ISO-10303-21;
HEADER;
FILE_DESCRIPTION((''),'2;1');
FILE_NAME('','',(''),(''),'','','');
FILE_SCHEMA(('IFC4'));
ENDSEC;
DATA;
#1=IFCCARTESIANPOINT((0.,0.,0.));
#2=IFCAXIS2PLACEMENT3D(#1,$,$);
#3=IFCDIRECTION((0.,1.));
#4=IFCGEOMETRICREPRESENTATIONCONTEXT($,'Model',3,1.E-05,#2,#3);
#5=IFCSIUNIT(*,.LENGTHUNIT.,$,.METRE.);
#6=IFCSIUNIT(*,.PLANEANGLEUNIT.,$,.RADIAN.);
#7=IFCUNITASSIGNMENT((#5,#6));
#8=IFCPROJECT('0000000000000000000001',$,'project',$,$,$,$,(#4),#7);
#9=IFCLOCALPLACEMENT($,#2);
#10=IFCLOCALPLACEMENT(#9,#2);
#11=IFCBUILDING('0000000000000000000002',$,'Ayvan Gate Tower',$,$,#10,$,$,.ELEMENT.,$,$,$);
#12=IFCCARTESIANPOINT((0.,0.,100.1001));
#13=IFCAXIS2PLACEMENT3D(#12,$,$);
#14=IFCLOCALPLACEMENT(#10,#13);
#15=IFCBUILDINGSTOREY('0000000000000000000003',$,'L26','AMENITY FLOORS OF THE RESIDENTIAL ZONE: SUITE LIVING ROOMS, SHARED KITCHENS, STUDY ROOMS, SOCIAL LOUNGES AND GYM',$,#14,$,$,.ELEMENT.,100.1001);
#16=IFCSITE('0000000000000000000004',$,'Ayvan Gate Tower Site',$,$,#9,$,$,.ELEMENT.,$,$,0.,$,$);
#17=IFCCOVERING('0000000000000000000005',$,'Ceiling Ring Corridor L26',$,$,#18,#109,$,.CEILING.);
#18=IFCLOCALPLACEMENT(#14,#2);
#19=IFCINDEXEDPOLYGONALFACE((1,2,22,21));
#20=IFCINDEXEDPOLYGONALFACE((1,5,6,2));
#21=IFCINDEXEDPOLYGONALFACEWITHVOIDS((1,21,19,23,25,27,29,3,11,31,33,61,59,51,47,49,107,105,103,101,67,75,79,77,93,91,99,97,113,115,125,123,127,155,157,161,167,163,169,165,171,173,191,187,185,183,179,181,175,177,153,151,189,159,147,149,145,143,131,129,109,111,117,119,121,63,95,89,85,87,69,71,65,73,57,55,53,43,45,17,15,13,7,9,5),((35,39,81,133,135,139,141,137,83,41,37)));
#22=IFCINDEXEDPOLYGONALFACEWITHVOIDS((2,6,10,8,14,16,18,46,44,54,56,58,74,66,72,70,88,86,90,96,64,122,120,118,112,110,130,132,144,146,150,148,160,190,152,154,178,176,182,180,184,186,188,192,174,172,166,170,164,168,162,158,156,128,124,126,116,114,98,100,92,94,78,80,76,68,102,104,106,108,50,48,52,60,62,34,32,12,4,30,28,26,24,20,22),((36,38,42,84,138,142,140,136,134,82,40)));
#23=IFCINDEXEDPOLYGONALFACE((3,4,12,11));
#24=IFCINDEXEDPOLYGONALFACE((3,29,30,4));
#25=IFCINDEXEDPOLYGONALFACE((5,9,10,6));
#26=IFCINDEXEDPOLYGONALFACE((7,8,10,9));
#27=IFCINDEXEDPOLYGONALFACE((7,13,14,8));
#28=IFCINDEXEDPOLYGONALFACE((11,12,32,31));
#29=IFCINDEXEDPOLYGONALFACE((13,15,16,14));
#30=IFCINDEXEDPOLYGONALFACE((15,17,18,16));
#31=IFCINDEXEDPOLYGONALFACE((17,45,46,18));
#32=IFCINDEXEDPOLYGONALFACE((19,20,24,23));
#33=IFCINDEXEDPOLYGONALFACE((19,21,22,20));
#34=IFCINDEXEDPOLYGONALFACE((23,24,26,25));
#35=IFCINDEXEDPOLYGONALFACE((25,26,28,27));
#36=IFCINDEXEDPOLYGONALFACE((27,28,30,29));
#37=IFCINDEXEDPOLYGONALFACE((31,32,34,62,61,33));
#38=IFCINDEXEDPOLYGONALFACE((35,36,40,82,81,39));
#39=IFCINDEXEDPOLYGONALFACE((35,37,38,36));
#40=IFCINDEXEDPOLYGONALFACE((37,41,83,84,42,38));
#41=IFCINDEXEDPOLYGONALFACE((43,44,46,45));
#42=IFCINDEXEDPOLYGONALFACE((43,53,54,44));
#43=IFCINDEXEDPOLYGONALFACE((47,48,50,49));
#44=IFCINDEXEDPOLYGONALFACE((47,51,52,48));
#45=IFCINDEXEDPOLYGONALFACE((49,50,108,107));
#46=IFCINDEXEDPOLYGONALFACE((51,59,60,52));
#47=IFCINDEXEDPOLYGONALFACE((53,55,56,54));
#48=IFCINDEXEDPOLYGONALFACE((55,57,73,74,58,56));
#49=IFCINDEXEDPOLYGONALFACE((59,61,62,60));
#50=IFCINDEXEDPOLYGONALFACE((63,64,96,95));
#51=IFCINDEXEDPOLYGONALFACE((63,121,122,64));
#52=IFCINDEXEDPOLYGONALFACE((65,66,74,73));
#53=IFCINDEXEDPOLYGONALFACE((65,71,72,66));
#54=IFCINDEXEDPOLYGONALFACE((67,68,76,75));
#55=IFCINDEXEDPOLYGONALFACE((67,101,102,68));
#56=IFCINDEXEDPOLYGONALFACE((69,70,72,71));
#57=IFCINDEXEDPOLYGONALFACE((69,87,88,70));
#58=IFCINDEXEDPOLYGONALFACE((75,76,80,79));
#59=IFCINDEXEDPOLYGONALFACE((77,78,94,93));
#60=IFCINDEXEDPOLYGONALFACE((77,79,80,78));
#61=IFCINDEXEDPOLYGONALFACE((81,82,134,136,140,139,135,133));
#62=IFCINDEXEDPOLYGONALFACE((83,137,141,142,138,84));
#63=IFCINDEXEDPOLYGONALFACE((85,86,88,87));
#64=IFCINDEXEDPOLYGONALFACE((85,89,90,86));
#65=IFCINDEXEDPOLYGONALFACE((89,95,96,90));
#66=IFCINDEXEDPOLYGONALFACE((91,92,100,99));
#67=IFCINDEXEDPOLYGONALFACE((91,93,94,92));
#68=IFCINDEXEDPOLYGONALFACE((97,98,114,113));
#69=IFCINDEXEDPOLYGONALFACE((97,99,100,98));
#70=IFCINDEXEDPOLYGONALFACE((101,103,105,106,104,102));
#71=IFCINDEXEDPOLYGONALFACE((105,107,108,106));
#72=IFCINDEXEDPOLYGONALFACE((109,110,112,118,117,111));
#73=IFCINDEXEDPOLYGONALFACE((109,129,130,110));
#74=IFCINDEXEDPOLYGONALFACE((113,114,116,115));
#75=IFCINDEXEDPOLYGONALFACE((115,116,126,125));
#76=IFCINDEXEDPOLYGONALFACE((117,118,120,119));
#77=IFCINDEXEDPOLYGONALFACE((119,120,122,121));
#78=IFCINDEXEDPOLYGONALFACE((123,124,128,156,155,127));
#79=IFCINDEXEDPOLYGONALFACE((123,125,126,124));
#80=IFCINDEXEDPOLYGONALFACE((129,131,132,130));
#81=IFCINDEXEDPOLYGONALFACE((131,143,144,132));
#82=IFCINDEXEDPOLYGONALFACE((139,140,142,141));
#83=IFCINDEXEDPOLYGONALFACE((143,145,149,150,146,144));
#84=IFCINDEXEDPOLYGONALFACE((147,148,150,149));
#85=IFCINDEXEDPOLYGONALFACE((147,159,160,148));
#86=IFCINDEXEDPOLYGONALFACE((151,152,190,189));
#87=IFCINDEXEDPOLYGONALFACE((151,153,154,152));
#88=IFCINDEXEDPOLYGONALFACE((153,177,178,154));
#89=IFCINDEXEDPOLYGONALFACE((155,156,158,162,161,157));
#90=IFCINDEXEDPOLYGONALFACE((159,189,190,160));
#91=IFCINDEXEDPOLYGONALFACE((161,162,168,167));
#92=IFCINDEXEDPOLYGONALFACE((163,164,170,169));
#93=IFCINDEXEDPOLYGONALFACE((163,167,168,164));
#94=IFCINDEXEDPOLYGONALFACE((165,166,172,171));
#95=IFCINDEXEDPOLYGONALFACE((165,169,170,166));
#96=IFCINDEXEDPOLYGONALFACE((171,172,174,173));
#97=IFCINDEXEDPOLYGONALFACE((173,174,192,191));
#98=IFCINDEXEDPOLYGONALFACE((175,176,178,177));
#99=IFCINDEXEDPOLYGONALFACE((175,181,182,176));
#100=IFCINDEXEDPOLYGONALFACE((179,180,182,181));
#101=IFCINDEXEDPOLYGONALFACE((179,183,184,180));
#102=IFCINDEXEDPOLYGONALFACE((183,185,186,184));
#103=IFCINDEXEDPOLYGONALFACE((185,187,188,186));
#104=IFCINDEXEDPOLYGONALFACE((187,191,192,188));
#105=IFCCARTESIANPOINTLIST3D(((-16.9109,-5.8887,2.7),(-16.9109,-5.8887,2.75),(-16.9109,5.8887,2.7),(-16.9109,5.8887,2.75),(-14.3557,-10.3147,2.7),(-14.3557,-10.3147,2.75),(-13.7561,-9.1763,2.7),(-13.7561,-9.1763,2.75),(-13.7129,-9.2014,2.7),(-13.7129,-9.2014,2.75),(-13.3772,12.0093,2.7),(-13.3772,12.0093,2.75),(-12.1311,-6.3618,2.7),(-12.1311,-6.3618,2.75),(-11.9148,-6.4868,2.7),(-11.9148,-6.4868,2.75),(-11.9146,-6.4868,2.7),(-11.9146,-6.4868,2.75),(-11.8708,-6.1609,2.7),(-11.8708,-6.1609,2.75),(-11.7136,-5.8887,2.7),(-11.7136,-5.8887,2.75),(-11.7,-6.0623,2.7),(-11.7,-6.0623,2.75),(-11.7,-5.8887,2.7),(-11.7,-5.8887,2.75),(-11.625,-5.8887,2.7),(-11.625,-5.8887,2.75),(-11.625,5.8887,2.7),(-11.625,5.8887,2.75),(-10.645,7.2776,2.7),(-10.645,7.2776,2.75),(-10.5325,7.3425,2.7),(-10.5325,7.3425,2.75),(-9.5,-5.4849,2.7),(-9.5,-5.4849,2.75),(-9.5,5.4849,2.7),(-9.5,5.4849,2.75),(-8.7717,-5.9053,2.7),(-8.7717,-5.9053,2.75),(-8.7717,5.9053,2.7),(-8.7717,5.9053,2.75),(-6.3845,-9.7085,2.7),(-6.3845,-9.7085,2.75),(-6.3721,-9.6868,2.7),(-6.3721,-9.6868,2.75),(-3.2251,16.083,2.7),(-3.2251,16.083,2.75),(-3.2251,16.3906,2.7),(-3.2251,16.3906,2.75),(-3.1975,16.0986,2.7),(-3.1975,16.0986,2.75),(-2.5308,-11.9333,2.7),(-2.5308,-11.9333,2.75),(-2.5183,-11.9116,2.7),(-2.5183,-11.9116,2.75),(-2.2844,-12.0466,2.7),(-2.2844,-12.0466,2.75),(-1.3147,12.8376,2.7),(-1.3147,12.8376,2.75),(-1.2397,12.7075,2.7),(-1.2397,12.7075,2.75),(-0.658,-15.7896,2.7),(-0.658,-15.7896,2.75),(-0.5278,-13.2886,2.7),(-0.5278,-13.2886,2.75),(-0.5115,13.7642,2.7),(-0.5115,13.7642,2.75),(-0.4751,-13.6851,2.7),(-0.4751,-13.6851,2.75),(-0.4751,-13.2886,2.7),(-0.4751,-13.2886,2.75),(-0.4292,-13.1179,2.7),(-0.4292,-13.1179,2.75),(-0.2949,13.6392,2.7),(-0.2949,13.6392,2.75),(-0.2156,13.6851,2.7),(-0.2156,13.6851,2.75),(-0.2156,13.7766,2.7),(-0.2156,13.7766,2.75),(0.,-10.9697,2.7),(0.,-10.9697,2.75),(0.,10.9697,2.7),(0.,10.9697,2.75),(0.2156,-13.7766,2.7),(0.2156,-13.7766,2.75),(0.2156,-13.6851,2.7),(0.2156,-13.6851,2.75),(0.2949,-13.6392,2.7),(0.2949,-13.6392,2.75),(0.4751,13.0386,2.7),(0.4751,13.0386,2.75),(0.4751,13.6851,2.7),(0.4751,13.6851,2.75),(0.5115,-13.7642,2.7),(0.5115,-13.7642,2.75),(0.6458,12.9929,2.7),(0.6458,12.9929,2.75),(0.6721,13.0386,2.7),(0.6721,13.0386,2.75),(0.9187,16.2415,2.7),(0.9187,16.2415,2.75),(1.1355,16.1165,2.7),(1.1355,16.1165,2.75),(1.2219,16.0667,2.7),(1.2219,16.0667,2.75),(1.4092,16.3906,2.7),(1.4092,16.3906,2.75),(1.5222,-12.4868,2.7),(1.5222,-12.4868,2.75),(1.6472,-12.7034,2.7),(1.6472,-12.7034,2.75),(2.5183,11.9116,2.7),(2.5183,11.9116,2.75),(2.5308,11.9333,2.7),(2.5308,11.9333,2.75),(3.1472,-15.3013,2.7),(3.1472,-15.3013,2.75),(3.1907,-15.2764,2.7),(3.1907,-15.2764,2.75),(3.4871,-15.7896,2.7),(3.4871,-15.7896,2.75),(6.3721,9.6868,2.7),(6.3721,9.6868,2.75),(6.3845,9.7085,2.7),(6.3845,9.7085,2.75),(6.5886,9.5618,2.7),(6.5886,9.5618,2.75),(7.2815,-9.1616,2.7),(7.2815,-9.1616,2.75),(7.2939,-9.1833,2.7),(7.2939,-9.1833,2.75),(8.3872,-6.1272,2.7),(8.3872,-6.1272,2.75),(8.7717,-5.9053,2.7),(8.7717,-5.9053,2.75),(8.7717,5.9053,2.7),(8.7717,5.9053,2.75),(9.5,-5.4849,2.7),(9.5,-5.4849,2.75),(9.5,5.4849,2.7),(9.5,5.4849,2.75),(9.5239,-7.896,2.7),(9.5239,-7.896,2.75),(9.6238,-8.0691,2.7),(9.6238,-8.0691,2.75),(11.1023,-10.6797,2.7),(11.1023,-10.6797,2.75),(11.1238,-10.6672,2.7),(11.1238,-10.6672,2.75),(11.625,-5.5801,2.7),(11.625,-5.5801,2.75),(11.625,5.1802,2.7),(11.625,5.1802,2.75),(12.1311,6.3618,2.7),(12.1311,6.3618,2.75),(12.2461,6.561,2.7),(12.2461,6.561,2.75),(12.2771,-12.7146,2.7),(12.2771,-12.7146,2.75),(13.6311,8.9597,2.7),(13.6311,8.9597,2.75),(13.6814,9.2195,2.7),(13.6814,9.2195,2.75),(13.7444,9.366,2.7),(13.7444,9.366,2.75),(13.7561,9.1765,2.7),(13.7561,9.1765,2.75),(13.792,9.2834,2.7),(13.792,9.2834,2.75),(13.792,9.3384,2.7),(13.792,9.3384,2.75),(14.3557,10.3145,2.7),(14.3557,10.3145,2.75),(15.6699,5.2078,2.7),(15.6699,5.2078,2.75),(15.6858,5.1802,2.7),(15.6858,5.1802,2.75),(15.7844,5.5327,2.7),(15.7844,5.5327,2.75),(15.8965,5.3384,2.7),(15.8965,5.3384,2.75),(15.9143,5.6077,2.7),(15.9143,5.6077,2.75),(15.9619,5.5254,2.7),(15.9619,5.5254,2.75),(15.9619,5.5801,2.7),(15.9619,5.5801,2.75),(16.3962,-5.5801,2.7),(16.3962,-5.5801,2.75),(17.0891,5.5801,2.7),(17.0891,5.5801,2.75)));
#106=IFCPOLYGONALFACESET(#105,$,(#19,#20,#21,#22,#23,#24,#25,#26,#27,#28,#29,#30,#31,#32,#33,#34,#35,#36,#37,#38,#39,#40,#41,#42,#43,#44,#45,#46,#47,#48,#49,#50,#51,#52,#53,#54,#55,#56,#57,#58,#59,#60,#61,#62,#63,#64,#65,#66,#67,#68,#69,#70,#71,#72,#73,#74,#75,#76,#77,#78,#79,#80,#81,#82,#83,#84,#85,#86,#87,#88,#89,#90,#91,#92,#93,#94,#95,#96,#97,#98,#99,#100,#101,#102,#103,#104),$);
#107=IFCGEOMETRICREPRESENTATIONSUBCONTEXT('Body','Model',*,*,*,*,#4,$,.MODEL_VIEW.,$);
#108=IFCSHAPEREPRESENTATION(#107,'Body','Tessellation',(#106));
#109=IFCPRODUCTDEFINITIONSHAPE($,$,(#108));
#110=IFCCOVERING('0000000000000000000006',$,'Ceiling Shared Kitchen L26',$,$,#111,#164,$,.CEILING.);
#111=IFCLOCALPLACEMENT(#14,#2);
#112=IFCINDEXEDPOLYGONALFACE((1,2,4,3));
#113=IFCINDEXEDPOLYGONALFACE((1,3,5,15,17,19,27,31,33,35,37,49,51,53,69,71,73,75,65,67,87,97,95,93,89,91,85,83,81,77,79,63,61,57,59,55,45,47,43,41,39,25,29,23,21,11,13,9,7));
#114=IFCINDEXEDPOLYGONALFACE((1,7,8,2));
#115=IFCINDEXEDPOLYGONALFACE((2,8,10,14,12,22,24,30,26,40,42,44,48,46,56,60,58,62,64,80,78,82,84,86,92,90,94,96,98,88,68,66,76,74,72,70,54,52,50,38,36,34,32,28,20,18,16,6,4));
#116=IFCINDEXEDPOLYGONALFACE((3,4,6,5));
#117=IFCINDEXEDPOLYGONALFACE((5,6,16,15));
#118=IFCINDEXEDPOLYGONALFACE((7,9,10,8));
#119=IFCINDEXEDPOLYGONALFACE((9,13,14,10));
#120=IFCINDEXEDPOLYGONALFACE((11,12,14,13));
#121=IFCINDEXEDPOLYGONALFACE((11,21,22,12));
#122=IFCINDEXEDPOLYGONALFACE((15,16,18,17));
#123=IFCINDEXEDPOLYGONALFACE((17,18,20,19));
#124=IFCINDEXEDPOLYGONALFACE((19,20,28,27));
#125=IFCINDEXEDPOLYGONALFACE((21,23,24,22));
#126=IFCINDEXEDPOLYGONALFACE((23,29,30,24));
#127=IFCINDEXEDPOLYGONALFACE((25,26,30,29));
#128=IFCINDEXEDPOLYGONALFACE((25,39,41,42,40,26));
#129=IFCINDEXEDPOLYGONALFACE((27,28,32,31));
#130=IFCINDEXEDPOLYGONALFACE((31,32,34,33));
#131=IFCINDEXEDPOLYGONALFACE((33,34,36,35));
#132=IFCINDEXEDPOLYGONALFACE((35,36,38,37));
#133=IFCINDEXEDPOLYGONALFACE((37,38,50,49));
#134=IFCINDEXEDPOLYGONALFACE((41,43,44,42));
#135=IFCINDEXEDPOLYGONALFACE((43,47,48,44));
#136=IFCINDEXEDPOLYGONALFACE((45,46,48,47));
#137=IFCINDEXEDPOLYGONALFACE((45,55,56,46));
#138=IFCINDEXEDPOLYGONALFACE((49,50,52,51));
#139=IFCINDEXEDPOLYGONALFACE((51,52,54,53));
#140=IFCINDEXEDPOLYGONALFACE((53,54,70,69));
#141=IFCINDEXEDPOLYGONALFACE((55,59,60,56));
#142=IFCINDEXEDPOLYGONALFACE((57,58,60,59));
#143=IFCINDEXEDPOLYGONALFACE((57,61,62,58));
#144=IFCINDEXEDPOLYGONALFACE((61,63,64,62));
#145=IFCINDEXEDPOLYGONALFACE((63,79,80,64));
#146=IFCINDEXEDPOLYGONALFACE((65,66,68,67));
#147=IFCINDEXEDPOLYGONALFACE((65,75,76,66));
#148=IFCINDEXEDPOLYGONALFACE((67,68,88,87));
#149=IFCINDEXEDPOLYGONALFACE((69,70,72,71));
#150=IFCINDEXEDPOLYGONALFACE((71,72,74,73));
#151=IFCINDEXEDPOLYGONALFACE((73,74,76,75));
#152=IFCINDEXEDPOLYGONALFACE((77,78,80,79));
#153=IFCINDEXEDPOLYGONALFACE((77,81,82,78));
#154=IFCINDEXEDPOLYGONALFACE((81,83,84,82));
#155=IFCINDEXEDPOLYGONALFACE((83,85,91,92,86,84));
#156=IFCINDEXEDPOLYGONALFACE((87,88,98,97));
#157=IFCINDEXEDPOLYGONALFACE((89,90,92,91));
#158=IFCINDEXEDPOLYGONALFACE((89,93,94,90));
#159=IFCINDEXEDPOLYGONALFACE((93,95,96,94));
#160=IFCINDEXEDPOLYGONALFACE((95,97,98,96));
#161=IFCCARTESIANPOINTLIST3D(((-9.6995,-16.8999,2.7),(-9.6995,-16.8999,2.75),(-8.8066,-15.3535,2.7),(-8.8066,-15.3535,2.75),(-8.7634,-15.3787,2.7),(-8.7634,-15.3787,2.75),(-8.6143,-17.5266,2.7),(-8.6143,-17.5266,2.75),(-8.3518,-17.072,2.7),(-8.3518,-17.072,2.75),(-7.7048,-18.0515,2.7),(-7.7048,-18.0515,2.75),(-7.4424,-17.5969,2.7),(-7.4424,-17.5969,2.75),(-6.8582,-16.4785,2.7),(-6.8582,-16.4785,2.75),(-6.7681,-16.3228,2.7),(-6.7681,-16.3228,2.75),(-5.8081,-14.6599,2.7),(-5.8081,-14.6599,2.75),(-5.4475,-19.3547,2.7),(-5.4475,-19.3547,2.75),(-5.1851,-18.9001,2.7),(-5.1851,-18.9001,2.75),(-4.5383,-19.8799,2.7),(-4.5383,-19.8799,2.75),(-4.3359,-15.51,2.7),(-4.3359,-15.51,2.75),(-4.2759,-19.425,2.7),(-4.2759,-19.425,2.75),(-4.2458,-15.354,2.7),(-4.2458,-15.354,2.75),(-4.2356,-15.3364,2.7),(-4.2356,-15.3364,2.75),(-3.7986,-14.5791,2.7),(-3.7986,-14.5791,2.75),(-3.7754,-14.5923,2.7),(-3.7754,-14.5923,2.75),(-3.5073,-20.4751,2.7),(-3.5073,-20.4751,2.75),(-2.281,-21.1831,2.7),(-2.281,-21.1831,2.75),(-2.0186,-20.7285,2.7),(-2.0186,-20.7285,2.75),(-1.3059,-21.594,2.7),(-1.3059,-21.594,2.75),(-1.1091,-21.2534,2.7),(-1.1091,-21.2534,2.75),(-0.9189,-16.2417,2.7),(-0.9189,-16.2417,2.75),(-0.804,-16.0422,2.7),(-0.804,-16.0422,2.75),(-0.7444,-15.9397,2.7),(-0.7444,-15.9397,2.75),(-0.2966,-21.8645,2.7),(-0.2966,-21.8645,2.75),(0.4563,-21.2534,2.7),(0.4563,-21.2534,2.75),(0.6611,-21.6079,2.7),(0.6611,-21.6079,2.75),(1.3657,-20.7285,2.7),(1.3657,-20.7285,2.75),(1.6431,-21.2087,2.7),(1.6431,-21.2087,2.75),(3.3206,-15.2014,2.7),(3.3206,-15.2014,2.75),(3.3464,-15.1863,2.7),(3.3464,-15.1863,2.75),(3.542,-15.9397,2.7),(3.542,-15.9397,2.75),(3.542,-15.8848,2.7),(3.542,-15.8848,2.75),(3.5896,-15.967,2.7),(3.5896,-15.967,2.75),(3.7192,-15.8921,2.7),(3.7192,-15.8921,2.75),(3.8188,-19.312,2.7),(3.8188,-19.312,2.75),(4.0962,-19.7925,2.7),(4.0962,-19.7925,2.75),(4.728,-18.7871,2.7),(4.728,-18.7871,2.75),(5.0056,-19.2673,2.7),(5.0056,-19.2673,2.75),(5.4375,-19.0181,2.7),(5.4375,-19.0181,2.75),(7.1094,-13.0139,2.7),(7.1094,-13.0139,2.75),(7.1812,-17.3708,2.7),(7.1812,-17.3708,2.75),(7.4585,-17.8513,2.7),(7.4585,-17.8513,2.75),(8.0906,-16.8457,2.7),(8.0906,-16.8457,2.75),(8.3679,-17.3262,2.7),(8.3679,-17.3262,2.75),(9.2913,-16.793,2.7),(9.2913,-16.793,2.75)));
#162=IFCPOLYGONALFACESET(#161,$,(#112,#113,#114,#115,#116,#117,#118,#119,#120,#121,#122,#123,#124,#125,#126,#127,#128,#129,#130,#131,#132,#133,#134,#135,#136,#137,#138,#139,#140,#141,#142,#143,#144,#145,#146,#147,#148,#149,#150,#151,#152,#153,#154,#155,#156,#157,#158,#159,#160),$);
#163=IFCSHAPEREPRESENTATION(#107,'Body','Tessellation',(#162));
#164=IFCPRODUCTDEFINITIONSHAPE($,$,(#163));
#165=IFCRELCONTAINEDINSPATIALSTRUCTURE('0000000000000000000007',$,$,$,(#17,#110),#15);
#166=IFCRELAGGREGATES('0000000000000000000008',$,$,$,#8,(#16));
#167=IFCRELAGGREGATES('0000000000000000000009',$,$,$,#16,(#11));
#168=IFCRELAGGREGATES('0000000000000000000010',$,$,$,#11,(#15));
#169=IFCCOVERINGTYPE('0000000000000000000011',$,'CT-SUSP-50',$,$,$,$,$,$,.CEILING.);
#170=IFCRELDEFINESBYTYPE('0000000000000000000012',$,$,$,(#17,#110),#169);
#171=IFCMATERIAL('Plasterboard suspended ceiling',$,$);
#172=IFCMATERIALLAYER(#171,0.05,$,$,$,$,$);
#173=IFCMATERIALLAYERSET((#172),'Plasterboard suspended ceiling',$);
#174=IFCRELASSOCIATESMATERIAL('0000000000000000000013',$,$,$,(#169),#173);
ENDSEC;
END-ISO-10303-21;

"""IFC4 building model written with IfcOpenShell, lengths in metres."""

from ifc_helpers import new_model, si_unit, direction, frame, origin, place, context, subcontext, project, spatial, polyline, outline, extrude, material, layer, layer_set, type_object, element, save


model = new_model("IFC4")

# Units and contexts
model_context = context("Model", 3, precision=1e-05, world=origin(), true_north=direction((0.0, 1.0)))
body_context = subcontext(model_context, "Body", "Model", "MODEL_VIEW")
ifc_project = project(units=[si_unit("LENGTHUNIT", "METRE"), si_unit("PLANEANGLEUNIT", "RADIAN")], contexts=[model_context])

# Site, building, storey
site_placement = place(None, origin())
site = spatial("IfcSite", under=ifc_project, at=site_placement, Name="Ayvan Gate Tower Site", CompositionType="ELEMENT", RefElevation=0.0)
building_placement = place(site_placement, origin())
building = spatial("IfcBuilding", under=site, at=building_placement, Name="Ayvan Gate Tower", CompositionType="ELEMENT")
storey_placement = place(building_placement, frame((0.0, 0.0, 100.1001)))
storey = spatial("IfcBuildingStorey", under=building, at=storey_placement, Name="L26", Description="AMENITY FLOORS OF THE RESIDENTIAL ZONE: SUITE LIVING ROOMS, SHARED KITCHENS, STUDY ROOMS, SOCIAL LOUNGES AND GYM", CompositionType="ELEMENT", Elevation=100.1001)

# Coverings
ifc_material_1 = material(Name="Plasterboard suspended ceiling")
ifc_layer_1 = layer(ifc_material_1, 0.05)
ifc_layer_set_1 = layer_set([ifc_layer_1], Name="Plasterboard suspended ceiling")
covering_type = type_object("IfcCoveringType", Name="CT-SUSP-50", PredefinedType="CEILING", material=ifc_layer_set_1)
covering_1_placement = place(storey_placement, frame((0.0, 0.0, 2.7)))
element("IfcCovering", 1, at=covering_1_placement, inside=storey, type_object=covering_type, Name="Ceiling Ring Corridor L26", PredefinedType="CEILING", context=body_context, shape_type="SweptSolid", body=[
    extrude(outline(polyline([(-11.9148, -6.4868), (-12.1311, -6.3618), (-13.7561, -9.1763), (-13.7129, -9.2014), (-14.3557, -10.3147), (-16.9109, -5.8887), (-11.7136, -5.8887), (-11.8708, -6.1609), (-11.7, -6.0623), (-11.7, -5.8887), (-11.625, -5.8887), (-11.625, 5.8887), (-16.9109, 5.8887), (-13.3772, 12.0093), (-10.645, 7.2776), (-10.5325, 7.3425), (-1.2397, 12.7075), (-1.3147, 12.8376), (-3.1975, 16.0986), (-3.2251, 16.083), (-3.2251, 16.3906), (1.4092, 16.3906), (1.2219, 16.0667), (1.1355, 16.1165), (0.9187, 16.2415), (-0.5115, 13.7642), (-0.2949, 13.6392), (-0.2156, 13.7766), (-0.2156, 13.6851), (0.4751, 13.6851), (0.4751, 13.0386), (0.6721, 13.0386), (0.6458, 12.9929), (2.5183, 11.9116), (2.5308, 11.9333), (6.3845, 9.7085), (6.3721, 9.6868), (6.5886, 9.5618), (12.1311, 6.3618), (12.2461, 6.561), (13.6311, 8.9597), (13.7561, 9.1765), (13.6814, 9.2195), (13.792, 9.2834), (13.7444, 9.366), (13.792, 9.3384), (14.3557, 10.3145), (17.0891, 5.5801), (15.9619, 5.5801), (15.9619, 5.5254), (15.9143, 5.6077), (15.7844, 5.5327), (15.8965, 5.3384), (15.6699, 5.2078), (15.6858, 5.1802), (11.625, 5.1802), (11.625, -5.5801), (16.3962, -5.5801), (12.2771, -12.7146), (11.1023, -10.6797), (11.1238, -10.6672), (9.6238, -8.0691), (9.5239, -7.896), (7.2939, -9.1833), (7.2815, -9.1616), (1.5222, -12.4868), (1.6472, -12.7034), (3.1472, -15.3013), (3.1907, -15.2764), (3.4871, -15.7896), (-0.658, -15.7896), (0.5115, -13.7642), (0.2949, -13.6392), (0.2156, -13.7766), (0.2156, -13.6851), (-0.4751, -13.6851), (-0.4751, -13.2886), (-0.5278, -13.2886), (-0.4292, -13.1179), (-2.2844, -12.0466), (-2.5183, -11.9116), (-2.5308, -11.9333), (-6.3845, -9.7085), (-6.3721, -9.6868), (-11.9146, -6.4868), (-11.9148, -6.4868)]), holes=[polyline([(9.5, 5.4849), (8.7717, 5.9053), (0.0, 10.9697), (-8.7717, 5.9053), (-9.5, 5.4849), (-9.5, -5.4849), (-8.7717, -5.9053), (0.0, -10.9697), (8.3872, -6.1272), (8.7717, -5.9053), (9.5, -5.4849), (9.5, 5.4849)])]), origin(), (0.0, 0.0, 1.0), 0.05),
])
covering_2_placement = place(storey_placement, frame((0.0, 0.0, 2.7)))
element("IfcCovering", 2, at=covering_2_placement, inside=storey, type_object=covering_type, Name="Ceiling Shared Kitchen L26", PredefinedType="CEILING", context=body_context, shape_type="SweptSolid", body=[
    extrude(outline(polyline([(-6.8582, -16.4785), (-6.7681, -16.3228), (-5.8081, -14.6599), (-4.3359, -15.51), (-4.2458, -15.354), (-4.2356, -15.3364), (-3.7986, -14.5791), (-3.7754, -14.5923), (-0.9189, -16.2417), (-0.804, -16.0422), (-0.7444, -15.9397), (3.542, -15.9397), (3.542, -15.8848), (3.5896, -15.967), (3.7192, -15.8921), (3.3206, -15.2014), (3.3464, -15.1863), (7.1094, -13.0139), (9.2913, -16.793), (8.3679, -17.3262), (8.0906, -16.8457), (7.1812, -17.3708), (7.4585, -17.8513), (5.4375, -19.0181), (5.0056, -19.2673), (4.728, -18.7871), (3.8188, -19.312), (4.0962, -19.7925), (1.6431, -21.2087), (1.3657, -20.7285), (0.4563, -21.2534), (0.6611, -21.6079), (-0.2966, -21.8645), (-1.3059, -21.594), (-1.1091, -21.2534), (-2.0186, -20.7285), (-2.281, -21.1831), (-3.5073, -20.4751), (-4.5383, -19.8799), (-4.2759, -19.425), (-5.1851, -18.9001), (-5.4475, -19.3547), (-7.7048, -18.0515), (-7.4424, -17.5969), (-8.3518, -17.072), (-8.6143, -17.5266), (-9.6995, -16.8999), (-8.8066, -15.3535), (-8.7634, -15.3787), (-6.8582, -16.4785)])), origin(), (0.0, 0.0, 1.0), 0.05),
])

save(model, "model.ifc")
